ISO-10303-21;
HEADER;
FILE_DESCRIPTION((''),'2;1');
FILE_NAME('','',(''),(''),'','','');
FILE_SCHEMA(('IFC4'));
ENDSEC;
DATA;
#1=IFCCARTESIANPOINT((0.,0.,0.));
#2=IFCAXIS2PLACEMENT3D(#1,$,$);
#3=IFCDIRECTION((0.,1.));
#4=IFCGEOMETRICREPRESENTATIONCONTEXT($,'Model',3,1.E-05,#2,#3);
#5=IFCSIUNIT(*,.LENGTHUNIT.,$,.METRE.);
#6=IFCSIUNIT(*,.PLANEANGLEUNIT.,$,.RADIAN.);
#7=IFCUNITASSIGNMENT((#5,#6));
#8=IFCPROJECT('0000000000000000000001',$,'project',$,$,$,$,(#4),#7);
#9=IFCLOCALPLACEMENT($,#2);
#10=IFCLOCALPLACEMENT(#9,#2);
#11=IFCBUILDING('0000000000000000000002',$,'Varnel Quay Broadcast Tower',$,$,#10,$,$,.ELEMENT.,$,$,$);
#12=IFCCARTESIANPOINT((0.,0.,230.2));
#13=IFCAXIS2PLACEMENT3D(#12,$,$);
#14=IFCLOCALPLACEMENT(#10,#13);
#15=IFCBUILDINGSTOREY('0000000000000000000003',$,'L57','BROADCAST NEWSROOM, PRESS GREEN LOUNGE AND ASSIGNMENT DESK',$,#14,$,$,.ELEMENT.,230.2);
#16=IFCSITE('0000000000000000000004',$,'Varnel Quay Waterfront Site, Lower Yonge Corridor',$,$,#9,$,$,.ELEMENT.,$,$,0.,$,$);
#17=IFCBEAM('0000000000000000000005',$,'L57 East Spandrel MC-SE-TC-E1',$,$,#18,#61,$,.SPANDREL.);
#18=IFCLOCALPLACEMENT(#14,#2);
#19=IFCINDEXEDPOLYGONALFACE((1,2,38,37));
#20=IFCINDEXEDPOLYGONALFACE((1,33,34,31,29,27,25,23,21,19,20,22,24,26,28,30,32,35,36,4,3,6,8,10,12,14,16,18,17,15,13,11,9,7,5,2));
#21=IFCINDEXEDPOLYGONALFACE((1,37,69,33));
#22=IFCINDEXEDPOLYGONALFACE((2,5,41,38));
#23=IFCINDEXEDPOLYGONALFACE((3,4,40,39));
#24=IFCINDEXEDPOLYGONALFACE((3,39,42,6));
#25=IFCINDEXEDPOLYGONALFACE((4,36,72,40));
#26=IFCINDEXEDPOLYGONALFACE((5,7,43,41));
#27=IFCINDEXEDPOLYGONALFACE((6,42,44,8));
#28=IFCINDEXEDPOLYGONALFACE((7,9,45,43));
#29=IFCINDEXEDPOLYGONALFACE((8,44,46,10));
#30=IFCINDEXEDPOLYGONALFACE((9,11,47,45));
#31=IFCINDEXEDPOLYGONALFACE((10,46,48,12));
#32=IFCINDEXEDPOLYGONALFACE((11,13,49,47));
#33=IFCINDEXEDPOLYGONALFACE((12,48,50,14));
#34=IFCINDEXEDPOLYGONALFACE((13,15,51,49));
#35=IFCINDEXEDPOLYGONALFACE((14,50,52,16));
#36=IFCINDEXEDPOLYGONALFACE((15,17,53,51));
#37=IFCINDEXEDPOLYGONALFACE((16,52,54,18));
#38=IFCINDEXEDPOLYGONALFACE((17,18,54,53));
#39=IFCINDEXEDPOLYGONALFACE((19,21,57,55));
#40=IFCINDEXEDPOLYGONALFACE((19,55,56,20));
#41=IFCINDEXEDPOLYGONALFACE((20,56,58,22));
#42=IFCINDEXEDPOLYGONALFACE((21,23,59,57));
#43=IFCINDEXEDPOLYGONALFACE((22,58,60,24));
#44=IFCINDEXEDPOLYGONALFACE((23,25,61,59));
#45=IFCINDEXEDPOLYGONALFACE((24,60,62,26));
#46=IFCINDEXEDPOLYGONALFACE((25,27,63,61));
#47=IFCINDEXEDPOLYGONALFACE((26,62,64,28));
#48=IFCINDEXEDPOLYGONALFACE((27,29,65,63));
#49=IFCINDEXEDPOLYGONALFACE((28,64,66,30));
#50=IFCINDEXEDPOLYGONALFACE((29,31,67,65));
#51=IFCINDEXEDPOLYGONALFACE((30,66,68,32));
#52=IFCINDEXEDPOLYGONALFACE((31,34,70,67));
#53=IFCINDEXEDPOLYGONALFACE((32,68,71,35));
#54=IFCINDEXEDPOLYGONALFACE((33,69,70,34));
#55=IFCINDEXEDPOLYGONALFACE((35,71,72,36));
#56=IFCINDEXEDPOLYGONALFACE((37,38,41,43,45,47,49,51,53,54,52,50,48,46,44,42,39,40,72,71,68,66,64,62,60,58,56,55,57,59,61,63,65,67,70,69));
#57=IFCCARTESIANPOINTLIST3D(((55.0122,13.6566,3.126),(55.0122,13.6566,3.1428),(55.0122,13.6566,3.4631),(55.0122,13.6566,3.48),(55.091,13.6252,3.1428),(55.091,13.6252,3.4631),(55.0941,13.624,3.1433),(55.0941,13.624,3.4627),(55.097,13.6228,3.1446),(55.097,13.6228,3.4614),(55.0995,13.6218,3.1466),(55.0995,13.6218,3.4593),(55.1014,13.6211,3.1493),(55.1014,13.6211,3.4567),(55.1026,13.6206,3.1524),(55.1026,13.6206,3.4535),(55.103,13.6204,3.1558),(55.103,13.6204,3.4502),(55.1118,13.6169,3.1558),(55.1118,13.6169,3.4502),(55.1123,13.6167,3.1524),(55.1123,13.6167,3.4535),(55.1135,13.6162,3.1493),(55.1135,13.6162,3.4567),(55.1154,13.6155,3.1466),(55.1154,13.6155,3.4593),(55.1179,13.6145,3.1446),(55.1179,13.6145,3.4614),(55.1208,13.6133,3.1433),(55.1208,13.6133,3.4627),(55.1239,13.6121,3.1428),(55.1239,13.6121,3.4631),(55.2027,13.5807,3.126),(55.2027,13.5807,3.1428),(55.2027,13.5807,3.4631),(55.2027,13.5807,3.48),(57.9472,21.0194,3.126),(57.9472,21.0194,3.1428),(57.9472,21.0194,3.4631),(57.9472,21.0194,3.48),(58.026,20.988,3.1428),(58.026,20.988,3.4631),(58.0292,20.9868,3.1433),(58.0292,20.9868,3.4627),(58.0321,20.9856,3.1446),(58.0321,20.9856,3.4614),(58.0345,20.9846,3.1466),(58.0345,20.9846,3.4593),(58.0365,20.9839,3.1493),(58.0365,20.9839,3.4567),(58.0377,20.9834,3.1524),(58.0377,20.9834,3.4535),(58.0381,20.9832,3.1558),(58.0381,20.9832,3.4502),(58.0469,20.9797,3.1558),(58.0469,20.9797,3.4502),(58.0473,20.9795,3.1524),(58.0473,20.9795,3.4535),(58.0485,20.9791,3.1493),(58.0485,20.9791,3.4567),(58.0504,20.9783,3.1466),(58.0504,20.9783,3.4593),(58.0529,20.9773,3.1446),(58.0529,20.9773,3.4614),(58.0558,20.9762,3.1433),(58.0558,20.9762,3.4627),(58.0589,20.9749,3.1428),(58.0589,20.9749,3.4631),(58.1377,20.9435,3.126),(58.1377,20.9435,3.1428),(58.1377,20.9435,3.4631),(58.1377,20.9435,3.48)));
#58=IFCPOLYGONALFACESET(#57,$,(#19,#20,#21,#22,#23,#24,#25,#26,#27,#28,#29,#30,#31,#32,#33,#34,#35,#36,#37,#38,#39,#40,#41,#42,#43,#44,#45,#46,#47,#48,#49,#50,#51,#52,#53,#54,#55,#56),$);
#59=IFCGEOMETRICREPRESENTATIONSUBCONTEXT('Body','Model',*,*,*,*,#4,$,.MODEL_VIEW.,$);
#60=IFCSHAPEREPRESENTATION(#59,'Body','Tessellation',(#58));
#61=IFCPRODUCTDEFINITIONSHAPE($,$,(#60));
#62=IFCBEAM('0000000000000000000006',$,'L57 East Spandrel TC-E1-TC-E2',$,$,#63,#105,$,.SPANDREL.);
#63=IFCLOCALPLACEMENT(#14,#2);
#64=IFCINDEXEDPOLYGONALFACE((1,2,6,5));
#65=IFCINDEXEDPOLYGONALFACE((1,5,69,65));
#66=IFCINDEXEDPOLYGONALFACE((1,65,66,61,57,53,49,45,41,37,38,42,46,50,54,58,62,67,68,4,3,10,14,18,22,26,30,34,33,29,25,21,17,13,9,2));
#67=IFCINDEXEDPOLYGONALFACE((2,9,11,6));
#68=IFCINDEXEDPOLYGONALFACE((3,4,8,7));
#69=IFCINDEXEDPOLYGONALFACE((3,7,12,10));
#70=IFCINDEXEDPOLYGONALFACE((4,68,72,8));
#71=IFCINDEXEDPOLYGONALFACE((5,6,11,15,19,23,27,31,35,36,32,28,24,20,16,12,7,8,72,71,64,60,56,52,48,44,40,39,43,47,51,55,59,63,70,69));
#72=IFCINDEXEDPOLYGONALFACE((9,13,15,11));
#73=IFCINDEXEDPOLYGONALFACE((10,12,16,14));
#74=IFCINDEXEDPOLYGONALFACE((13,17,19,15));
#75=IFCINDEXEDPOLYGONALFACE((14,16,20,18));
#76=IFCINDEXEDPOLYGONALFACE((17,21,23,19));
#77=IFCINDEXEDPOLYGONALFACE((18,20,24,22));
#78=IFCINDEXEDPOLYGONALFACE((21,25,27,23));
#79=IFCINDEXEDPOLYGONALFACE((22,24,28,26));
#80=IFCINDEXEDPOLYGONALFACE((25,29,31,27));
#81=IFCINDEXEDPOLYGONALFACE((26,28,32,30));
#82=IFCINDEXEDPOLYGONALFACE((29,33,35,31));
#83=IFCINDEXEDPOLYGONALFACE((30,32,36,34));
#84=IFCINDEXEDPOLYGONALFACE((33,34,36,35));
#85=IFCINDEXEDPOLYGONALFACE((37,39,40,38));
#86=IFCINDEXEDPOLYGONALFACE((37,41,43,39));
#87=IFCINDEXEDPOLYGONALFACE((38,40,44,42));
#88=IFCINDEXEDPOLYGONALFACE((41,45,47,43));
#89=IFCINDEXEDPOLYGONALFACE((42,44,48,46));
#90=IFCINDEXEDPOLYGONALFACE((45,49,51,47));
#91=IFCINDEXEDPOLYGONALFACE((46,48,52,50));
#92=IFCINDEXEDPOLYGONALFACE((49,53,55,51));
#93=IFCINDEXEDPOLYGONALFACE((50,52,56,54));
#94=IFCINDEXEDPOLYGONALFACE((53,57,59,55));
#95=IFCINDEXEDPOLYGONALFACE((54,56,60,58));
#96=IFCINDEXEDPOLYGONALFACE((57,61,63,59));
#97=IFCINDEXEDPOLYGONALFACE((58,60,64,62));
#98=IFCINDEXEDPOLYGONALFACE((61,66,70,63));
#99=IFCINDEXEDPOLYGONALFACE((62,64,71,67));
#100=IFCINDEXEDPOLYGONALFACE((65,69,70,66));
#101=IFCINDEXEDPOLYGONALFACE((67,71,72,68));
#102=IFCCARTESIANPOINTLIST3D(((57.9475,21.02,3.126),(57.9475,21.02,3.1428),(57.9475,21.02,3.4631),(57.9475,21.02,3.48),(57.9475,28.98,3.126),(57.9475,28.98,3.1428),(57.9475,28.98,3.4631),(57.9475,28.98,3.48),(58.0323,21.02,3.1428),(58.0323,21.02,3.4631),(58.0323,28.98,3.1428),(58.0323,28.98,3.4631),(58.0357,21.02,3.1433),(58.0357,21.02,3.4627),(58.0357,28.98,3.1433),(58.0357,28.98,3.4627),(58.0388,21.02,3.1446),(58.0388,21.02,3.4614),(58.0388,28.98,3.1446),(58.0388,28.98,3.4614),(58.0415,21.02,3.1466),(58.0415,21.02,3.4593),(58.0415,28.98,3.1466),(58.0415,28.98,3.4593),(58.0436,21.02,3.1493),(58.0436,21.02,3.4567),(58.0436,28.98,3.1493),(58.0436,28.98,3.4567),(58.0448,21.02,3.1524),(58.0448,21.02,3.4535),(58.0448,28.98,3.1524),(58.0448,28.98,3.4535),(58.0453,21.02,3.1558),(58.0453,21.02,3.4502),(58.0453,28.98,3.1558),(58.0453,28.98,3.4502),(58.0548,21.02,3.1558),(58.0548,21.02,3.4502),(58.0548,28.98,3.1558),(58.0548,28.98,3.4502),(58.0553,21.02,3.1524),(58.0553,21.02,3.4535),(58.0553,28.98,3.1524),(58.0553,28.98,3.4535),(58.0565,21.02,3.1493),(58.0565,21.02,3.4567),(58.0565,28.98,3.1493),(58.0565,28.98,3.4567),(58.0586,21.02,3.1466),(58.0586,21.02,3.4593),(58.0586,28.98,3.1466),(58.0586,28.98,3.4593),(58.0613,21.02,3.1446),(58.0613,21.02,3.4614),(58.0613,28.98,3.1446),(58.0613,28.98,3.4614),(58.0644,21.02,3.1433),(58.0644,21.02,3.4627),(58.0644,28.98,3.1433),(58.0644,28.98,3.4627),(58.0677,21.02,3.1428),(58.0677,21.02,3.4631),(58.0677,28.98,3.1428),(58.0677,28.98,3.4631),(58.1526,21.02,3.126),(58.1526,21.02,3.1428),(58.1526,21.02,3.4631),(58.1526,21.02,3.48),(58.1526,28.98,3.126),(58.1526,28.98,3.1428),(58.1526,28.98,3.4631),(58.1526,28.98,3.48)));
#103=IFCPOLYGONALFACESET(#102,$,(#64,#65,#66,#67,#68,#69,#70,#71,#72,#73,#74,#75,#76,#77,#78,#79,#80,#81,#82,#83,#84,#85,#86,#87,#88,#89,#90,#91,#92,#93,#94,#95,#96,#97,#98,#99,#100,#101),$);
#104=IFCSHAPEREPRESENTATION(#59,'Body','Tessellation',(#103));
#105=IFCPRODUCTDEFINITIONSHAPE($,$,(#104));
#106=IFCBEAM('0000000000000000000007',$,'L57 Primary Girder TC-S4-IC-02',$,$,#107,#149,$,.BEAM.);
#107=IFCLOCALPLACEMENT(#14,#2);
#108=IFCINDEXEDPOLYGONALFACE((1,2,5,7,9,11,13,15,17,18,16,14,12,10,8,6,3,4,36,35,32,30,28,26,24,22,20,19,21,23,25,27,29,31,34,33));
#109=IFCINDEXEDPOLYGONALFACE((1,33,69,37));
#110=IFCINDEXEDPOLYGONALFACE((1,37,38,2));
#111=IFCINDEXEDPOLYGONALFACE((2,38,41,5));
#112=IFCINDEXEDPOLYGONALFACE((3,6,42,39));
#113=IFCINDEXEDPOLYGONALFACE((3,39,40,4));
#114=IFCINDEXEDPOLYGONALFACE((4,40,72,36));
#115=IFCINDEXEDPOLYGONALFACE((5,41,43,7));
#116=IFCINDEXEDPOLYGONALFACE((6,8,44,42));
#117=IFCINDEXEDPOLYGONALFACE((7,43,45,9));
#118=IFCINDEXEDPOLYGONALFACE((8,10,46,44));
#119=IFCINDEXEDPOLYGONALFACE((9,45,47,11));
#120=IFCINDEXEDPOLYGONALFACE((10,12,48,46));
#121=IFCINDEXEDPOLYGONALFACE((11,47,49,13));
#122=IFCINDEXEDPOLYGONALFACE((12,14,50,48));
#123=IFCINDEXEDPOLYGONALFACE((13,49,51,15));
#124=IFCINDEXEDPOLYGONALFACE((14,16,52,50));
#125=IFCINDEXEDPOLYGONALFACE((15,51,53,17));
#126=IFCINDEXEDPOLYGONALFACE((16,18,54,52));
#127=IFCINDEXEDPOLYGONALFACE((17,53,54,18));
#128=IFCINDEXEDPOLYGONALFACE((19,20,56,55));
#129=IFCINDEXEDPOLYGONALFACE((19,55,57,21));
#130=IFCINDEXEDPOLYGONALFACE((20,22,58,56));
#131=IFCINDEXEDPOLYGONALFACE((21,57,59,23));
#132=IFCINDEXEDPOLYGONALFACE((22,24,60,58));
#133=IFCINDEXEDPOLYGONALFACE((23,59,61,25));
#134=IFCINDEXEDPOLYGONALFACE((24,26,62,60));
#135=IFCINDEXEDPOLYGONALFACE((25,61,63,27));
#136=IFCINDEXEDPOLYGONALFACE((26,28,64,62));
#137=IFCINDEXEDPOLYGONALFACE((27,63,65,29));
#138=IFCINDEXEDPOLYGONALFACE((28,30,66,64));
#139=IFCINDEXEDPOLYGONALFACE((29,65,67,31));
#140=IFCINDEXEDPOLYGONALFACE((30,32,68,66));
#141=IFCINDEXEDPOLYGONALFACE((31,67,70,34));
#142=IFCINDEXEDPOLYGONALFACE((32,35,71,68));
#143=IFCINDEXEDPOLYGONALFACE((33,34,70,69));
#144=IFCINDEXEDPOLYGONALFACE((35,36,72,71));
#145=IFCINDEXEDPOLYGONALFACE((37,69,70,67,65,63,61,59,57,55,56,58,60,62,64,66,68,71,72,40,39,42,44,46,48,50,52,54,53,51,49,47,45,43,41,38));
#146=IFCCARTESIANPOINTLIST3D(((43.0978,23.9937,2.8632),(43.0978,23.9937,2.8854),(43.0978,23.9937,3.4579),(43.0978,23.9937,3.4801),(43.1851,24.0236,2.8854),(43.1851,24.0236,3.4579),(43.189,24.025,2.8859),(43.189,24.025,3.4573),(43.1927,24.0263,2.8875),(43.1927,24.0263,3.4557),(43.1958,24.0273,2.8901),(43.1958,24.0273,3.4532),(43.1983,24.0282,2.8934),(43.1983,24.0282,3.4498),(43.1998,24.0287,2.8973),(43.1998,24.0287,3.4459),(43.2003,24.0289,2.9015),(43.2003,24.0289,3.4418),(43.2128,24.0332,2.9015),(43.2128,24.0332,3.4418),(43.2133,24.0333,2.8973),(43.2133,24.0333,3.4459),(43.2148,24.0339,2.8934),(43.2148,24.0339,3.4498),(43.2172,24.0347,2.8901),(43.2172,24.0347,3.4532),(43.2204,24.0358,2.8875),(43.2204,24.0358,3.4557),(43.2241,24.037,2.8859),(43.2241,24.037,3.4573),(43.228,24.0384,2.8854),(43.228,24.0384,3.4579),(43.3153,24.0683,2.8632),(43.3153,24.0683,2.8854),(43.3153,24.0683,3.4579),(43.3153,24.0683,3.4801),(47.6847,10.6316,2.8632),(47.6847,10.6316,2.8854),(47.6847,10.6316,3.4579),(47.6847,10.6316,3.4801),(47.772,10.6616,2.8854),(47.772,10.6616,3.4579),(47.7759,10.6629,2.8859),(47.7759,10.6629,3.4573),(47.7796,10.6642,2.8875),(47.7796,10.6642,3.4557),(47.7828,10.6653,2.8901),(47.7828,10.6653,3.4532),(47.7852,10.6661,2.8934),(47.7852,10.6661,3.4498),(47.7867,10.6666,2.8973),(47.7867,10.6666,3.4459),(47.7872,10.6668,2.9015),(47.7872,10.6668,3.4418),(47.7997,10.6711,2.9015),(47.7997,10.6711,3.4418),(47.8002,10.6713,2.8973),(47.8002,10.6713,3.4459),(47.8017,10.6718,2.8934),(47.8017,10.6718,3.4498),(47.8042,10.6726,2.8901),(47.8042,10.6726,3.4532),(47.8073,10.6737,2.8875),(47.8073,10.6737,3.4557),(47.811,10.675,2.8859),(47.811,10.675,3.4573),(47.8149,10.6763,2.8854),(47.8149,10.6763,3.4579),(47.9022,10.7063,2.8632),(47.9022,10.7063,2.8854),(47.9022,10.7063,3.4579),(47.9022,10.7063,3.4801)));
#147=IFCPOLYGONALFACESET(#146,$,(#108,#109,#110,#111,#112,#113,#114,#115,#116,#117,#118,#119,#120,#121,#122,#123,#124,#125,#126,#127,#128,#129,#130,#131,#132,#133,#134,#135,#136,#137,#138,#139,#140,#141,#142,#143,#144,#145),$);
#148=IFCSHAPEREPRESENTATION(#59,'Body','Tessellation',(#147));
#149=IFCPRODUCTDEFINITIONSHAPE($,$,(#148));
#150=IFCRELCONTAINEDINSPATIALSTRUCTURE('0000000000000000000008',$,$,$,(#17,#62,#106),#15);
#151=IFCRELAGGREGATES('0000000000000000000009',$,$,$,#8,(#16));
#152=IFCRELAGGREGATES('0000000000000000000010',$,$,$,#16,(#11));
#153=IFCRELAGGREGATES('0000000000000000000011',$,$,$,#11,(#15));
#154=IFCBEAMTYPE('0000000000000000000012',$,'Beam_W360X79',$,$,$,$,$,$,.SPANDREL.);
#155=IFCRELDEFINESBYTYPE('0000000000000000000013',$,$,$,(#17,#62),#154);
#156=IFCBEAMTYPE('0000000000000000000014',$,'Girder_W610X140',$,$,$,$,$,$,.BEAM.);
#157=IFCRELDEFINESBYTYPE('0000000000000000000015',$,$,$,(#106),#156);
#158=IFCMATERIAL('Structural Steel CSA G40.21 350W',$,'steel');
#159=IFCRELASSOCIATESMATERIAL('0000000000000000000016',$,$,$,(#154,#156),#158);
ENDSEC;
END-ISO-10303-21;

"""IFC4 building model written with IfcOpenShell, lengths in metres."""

from ifc_helpers import new_model, si_unit, direction, frame, origin, origin_2d, place, context, subcontext, project, spatial, i_section, extrude, source, transform, mapped, material, material_profile, profile_set, type_object, type_shapes, element, save


model = new_model("IFC4")

# Units and contexts
model_context = context("Model", 3, precision=1e-05, world=origin(), true_north=direction((0.0, 1.0)))
body_context = subcontext(model_context, "Body", "Model", "MODEL_VIEW")
ifc_project = project(units=[si_unit("LENGTHUNIT", "METRE"), si_unit("PLANEANGLEUNIT", "RADIAN")], contexts=[model_context])

# Site, building, storey
site_placement = place(None, origin())
site = spatial("IfcSite", under=ifc_project, at=site_placement, Name="Varnel Quay Waterfront Site, Lower Yonge Corridor", CompositionType="ELEMENT", RefElevation=0.0)
building_placement = place(site_placement, origin())
building = spatial("IfcBuilding", under=site, at=building_placement, Name="Varnel Quay Broadcast Tower", CompositionType="ELEMENT")
storey_placement = place(building_placement, frame((0.0, 0.0, 230.2)))
storey = spatial("IfcBuildingStorey", under=building, at=storey_placement, Name="L57", Description="BROADCAST NEWSROOM, PRESS GREEN LOUNGE AND ASSIGNMENT DESK", CompositionType="ELEMENT", Elevation=230.2)

# Shared definitions
ifc_material_1 = material(Name="Structural Steel CSA G40.21 350W", Category="steel")

# Beams
ifc_material_profile_1 = material_profile(ifc_material_1, i_section(OverallWidth=0.2051, OverallDepth=0.354, WebThickness=0.0095, FlangeThickness=0.0168, FilletRadius=0.0129, at=origin_2d()), Name="W360X79")
ifc_profile_set_1 = profile_set([ifc_material_profile_1], Name="Structural Steel CSA G40.21 350W")
beam_type_1 = type_object("IfcBeamType", Name="Beam_W360X79", PredefinedType="SPANDREL", material=ifc_profile_set_1)
shared_shape_1 = source(origin(), body_context, "Body", "SweptSolid", [
    extrude(i_section(OverallWidth=0.2051, OverallDepth=0.354, WebThickness=0.0095, FlangeThickness=0.0168, FilletRadius=0.0129, at=origin_2d()), origin(), (0.0, 0.0, 1.0), 7.9263),
])
beam_1_placement = place(storey_placement, frame((55.1074, 13.6187, 3.303), z_axis=(0.370296, 0.928914, 0.0), x_axis=(-0.928914, 0.370296, 0.0)))
element("IfcBeam", 1, at=beam_1_placement, inside=storey, type_object=beam_type_1, Name="L57 East Spandrel MC-SE-TC-E1", PredefinedType="SPANDREL", context=body_context, shape_type="MappedRepresentation", body=[
    mapped(shared_shape_1, transform((0.0, 0.0, 0.0), x_axis=(1.0, 0.0, 0.0), y_axis=(0.0, 1.0, 0.0), z_axis=(0.0, 0.0, 1.0), scale=1.0)),
])
shared_shape_2 = source(origin(), body_context, "Body", "SweptSolid", [
    extrude(i_section(OverallWidth=0.2051, OverallDepth=0.354, WebThickness=0.0095, FlangeThickness=0.0168, FilletRadius=0.0129, at=origin_2d()), origin(), (0.0, 0.0, 1.0), 7.96),
])
beam_2_placement = place(storey_placement, frame((58.05, 21.02, 3.303), z_axis=(0.0, 1.0, 0.0), x_axis=(-1.0, 0.0, 0.0)))
element("IfcBeam", 2, at=beam_2_placement, inside=storey, type_object=beam_type_1, Name="L57 East Spandrel TC-E1-TC-E2", PredefinedType="SPANDREL", context=body_context, shape_type="MappedRepresentation", body=[
    mapped(shared_shape_2, transform((0.0, 0.0, 0.0), x_axis=(1.0, 0.0, 0.0), y_axis=(0.0, 1.0, 0.0), z_axis=(0.0, 0.0, 1.0), scale=1.0)),
])
ifc_material_profile_2 = material_profile(ifc_material_1, i_section(OverallWidth=0.23, OverallDepth=0.6169, WebThickness=0.0132, FlangeThickness=0.0222, FilletRadius=0.0161, at=origin_2d()), Name="W610X140")
ifc_profile_set_2 = profile_set([ifc_material_profile_2], Name="Structural Steel CSA G40.21 350W")
beam_type_2 = type_object("IfcBeamType", Name="Girder_W610X140", PredefinedType="BEAM", material=ifc_profile_set_2)
shared_shape_3 = source(origin(), body_context, "Body", "SweptSolid", [
    extrude(i_section(OverallWidth=0.23, OverallDepth=0.6169, WebThickness=0.0132, FlangeThickness=0.0222, FilletRadius=0.0161, at=origin_2d()), origin(), (0.0, 0.0, 1.0), 14.1274),
])
type_shapes(beam_type_2, [shared_shape_3])
beam_3_placement = place(storey_placement, frame((47.7935, 10.6689, 3.1716), z_axis=(-0.324681, 0.945823, 0.0), x_axis=(-0.945823, -0.324681, 0.0)))
element("IfcBeam", 3, at=beam_3_placement, inside=storey, type_object=beam_type_2, Name="L57 Primary Girder TC-S4-IC-02", PredefinedType="BEAM", context=body_context, shape_type="MappedRepresentation", body=[
    mapped(shared_shape_3, transform((0.0, 0.0, 0.0), x_axis=(1.0, 0.0, 0.0), y_axis=(0.0, 1.0, 0.0), z_axis=(0.0, 0.0, 1.0), scale=1.0)),
])

save(model, "model.ifc")
